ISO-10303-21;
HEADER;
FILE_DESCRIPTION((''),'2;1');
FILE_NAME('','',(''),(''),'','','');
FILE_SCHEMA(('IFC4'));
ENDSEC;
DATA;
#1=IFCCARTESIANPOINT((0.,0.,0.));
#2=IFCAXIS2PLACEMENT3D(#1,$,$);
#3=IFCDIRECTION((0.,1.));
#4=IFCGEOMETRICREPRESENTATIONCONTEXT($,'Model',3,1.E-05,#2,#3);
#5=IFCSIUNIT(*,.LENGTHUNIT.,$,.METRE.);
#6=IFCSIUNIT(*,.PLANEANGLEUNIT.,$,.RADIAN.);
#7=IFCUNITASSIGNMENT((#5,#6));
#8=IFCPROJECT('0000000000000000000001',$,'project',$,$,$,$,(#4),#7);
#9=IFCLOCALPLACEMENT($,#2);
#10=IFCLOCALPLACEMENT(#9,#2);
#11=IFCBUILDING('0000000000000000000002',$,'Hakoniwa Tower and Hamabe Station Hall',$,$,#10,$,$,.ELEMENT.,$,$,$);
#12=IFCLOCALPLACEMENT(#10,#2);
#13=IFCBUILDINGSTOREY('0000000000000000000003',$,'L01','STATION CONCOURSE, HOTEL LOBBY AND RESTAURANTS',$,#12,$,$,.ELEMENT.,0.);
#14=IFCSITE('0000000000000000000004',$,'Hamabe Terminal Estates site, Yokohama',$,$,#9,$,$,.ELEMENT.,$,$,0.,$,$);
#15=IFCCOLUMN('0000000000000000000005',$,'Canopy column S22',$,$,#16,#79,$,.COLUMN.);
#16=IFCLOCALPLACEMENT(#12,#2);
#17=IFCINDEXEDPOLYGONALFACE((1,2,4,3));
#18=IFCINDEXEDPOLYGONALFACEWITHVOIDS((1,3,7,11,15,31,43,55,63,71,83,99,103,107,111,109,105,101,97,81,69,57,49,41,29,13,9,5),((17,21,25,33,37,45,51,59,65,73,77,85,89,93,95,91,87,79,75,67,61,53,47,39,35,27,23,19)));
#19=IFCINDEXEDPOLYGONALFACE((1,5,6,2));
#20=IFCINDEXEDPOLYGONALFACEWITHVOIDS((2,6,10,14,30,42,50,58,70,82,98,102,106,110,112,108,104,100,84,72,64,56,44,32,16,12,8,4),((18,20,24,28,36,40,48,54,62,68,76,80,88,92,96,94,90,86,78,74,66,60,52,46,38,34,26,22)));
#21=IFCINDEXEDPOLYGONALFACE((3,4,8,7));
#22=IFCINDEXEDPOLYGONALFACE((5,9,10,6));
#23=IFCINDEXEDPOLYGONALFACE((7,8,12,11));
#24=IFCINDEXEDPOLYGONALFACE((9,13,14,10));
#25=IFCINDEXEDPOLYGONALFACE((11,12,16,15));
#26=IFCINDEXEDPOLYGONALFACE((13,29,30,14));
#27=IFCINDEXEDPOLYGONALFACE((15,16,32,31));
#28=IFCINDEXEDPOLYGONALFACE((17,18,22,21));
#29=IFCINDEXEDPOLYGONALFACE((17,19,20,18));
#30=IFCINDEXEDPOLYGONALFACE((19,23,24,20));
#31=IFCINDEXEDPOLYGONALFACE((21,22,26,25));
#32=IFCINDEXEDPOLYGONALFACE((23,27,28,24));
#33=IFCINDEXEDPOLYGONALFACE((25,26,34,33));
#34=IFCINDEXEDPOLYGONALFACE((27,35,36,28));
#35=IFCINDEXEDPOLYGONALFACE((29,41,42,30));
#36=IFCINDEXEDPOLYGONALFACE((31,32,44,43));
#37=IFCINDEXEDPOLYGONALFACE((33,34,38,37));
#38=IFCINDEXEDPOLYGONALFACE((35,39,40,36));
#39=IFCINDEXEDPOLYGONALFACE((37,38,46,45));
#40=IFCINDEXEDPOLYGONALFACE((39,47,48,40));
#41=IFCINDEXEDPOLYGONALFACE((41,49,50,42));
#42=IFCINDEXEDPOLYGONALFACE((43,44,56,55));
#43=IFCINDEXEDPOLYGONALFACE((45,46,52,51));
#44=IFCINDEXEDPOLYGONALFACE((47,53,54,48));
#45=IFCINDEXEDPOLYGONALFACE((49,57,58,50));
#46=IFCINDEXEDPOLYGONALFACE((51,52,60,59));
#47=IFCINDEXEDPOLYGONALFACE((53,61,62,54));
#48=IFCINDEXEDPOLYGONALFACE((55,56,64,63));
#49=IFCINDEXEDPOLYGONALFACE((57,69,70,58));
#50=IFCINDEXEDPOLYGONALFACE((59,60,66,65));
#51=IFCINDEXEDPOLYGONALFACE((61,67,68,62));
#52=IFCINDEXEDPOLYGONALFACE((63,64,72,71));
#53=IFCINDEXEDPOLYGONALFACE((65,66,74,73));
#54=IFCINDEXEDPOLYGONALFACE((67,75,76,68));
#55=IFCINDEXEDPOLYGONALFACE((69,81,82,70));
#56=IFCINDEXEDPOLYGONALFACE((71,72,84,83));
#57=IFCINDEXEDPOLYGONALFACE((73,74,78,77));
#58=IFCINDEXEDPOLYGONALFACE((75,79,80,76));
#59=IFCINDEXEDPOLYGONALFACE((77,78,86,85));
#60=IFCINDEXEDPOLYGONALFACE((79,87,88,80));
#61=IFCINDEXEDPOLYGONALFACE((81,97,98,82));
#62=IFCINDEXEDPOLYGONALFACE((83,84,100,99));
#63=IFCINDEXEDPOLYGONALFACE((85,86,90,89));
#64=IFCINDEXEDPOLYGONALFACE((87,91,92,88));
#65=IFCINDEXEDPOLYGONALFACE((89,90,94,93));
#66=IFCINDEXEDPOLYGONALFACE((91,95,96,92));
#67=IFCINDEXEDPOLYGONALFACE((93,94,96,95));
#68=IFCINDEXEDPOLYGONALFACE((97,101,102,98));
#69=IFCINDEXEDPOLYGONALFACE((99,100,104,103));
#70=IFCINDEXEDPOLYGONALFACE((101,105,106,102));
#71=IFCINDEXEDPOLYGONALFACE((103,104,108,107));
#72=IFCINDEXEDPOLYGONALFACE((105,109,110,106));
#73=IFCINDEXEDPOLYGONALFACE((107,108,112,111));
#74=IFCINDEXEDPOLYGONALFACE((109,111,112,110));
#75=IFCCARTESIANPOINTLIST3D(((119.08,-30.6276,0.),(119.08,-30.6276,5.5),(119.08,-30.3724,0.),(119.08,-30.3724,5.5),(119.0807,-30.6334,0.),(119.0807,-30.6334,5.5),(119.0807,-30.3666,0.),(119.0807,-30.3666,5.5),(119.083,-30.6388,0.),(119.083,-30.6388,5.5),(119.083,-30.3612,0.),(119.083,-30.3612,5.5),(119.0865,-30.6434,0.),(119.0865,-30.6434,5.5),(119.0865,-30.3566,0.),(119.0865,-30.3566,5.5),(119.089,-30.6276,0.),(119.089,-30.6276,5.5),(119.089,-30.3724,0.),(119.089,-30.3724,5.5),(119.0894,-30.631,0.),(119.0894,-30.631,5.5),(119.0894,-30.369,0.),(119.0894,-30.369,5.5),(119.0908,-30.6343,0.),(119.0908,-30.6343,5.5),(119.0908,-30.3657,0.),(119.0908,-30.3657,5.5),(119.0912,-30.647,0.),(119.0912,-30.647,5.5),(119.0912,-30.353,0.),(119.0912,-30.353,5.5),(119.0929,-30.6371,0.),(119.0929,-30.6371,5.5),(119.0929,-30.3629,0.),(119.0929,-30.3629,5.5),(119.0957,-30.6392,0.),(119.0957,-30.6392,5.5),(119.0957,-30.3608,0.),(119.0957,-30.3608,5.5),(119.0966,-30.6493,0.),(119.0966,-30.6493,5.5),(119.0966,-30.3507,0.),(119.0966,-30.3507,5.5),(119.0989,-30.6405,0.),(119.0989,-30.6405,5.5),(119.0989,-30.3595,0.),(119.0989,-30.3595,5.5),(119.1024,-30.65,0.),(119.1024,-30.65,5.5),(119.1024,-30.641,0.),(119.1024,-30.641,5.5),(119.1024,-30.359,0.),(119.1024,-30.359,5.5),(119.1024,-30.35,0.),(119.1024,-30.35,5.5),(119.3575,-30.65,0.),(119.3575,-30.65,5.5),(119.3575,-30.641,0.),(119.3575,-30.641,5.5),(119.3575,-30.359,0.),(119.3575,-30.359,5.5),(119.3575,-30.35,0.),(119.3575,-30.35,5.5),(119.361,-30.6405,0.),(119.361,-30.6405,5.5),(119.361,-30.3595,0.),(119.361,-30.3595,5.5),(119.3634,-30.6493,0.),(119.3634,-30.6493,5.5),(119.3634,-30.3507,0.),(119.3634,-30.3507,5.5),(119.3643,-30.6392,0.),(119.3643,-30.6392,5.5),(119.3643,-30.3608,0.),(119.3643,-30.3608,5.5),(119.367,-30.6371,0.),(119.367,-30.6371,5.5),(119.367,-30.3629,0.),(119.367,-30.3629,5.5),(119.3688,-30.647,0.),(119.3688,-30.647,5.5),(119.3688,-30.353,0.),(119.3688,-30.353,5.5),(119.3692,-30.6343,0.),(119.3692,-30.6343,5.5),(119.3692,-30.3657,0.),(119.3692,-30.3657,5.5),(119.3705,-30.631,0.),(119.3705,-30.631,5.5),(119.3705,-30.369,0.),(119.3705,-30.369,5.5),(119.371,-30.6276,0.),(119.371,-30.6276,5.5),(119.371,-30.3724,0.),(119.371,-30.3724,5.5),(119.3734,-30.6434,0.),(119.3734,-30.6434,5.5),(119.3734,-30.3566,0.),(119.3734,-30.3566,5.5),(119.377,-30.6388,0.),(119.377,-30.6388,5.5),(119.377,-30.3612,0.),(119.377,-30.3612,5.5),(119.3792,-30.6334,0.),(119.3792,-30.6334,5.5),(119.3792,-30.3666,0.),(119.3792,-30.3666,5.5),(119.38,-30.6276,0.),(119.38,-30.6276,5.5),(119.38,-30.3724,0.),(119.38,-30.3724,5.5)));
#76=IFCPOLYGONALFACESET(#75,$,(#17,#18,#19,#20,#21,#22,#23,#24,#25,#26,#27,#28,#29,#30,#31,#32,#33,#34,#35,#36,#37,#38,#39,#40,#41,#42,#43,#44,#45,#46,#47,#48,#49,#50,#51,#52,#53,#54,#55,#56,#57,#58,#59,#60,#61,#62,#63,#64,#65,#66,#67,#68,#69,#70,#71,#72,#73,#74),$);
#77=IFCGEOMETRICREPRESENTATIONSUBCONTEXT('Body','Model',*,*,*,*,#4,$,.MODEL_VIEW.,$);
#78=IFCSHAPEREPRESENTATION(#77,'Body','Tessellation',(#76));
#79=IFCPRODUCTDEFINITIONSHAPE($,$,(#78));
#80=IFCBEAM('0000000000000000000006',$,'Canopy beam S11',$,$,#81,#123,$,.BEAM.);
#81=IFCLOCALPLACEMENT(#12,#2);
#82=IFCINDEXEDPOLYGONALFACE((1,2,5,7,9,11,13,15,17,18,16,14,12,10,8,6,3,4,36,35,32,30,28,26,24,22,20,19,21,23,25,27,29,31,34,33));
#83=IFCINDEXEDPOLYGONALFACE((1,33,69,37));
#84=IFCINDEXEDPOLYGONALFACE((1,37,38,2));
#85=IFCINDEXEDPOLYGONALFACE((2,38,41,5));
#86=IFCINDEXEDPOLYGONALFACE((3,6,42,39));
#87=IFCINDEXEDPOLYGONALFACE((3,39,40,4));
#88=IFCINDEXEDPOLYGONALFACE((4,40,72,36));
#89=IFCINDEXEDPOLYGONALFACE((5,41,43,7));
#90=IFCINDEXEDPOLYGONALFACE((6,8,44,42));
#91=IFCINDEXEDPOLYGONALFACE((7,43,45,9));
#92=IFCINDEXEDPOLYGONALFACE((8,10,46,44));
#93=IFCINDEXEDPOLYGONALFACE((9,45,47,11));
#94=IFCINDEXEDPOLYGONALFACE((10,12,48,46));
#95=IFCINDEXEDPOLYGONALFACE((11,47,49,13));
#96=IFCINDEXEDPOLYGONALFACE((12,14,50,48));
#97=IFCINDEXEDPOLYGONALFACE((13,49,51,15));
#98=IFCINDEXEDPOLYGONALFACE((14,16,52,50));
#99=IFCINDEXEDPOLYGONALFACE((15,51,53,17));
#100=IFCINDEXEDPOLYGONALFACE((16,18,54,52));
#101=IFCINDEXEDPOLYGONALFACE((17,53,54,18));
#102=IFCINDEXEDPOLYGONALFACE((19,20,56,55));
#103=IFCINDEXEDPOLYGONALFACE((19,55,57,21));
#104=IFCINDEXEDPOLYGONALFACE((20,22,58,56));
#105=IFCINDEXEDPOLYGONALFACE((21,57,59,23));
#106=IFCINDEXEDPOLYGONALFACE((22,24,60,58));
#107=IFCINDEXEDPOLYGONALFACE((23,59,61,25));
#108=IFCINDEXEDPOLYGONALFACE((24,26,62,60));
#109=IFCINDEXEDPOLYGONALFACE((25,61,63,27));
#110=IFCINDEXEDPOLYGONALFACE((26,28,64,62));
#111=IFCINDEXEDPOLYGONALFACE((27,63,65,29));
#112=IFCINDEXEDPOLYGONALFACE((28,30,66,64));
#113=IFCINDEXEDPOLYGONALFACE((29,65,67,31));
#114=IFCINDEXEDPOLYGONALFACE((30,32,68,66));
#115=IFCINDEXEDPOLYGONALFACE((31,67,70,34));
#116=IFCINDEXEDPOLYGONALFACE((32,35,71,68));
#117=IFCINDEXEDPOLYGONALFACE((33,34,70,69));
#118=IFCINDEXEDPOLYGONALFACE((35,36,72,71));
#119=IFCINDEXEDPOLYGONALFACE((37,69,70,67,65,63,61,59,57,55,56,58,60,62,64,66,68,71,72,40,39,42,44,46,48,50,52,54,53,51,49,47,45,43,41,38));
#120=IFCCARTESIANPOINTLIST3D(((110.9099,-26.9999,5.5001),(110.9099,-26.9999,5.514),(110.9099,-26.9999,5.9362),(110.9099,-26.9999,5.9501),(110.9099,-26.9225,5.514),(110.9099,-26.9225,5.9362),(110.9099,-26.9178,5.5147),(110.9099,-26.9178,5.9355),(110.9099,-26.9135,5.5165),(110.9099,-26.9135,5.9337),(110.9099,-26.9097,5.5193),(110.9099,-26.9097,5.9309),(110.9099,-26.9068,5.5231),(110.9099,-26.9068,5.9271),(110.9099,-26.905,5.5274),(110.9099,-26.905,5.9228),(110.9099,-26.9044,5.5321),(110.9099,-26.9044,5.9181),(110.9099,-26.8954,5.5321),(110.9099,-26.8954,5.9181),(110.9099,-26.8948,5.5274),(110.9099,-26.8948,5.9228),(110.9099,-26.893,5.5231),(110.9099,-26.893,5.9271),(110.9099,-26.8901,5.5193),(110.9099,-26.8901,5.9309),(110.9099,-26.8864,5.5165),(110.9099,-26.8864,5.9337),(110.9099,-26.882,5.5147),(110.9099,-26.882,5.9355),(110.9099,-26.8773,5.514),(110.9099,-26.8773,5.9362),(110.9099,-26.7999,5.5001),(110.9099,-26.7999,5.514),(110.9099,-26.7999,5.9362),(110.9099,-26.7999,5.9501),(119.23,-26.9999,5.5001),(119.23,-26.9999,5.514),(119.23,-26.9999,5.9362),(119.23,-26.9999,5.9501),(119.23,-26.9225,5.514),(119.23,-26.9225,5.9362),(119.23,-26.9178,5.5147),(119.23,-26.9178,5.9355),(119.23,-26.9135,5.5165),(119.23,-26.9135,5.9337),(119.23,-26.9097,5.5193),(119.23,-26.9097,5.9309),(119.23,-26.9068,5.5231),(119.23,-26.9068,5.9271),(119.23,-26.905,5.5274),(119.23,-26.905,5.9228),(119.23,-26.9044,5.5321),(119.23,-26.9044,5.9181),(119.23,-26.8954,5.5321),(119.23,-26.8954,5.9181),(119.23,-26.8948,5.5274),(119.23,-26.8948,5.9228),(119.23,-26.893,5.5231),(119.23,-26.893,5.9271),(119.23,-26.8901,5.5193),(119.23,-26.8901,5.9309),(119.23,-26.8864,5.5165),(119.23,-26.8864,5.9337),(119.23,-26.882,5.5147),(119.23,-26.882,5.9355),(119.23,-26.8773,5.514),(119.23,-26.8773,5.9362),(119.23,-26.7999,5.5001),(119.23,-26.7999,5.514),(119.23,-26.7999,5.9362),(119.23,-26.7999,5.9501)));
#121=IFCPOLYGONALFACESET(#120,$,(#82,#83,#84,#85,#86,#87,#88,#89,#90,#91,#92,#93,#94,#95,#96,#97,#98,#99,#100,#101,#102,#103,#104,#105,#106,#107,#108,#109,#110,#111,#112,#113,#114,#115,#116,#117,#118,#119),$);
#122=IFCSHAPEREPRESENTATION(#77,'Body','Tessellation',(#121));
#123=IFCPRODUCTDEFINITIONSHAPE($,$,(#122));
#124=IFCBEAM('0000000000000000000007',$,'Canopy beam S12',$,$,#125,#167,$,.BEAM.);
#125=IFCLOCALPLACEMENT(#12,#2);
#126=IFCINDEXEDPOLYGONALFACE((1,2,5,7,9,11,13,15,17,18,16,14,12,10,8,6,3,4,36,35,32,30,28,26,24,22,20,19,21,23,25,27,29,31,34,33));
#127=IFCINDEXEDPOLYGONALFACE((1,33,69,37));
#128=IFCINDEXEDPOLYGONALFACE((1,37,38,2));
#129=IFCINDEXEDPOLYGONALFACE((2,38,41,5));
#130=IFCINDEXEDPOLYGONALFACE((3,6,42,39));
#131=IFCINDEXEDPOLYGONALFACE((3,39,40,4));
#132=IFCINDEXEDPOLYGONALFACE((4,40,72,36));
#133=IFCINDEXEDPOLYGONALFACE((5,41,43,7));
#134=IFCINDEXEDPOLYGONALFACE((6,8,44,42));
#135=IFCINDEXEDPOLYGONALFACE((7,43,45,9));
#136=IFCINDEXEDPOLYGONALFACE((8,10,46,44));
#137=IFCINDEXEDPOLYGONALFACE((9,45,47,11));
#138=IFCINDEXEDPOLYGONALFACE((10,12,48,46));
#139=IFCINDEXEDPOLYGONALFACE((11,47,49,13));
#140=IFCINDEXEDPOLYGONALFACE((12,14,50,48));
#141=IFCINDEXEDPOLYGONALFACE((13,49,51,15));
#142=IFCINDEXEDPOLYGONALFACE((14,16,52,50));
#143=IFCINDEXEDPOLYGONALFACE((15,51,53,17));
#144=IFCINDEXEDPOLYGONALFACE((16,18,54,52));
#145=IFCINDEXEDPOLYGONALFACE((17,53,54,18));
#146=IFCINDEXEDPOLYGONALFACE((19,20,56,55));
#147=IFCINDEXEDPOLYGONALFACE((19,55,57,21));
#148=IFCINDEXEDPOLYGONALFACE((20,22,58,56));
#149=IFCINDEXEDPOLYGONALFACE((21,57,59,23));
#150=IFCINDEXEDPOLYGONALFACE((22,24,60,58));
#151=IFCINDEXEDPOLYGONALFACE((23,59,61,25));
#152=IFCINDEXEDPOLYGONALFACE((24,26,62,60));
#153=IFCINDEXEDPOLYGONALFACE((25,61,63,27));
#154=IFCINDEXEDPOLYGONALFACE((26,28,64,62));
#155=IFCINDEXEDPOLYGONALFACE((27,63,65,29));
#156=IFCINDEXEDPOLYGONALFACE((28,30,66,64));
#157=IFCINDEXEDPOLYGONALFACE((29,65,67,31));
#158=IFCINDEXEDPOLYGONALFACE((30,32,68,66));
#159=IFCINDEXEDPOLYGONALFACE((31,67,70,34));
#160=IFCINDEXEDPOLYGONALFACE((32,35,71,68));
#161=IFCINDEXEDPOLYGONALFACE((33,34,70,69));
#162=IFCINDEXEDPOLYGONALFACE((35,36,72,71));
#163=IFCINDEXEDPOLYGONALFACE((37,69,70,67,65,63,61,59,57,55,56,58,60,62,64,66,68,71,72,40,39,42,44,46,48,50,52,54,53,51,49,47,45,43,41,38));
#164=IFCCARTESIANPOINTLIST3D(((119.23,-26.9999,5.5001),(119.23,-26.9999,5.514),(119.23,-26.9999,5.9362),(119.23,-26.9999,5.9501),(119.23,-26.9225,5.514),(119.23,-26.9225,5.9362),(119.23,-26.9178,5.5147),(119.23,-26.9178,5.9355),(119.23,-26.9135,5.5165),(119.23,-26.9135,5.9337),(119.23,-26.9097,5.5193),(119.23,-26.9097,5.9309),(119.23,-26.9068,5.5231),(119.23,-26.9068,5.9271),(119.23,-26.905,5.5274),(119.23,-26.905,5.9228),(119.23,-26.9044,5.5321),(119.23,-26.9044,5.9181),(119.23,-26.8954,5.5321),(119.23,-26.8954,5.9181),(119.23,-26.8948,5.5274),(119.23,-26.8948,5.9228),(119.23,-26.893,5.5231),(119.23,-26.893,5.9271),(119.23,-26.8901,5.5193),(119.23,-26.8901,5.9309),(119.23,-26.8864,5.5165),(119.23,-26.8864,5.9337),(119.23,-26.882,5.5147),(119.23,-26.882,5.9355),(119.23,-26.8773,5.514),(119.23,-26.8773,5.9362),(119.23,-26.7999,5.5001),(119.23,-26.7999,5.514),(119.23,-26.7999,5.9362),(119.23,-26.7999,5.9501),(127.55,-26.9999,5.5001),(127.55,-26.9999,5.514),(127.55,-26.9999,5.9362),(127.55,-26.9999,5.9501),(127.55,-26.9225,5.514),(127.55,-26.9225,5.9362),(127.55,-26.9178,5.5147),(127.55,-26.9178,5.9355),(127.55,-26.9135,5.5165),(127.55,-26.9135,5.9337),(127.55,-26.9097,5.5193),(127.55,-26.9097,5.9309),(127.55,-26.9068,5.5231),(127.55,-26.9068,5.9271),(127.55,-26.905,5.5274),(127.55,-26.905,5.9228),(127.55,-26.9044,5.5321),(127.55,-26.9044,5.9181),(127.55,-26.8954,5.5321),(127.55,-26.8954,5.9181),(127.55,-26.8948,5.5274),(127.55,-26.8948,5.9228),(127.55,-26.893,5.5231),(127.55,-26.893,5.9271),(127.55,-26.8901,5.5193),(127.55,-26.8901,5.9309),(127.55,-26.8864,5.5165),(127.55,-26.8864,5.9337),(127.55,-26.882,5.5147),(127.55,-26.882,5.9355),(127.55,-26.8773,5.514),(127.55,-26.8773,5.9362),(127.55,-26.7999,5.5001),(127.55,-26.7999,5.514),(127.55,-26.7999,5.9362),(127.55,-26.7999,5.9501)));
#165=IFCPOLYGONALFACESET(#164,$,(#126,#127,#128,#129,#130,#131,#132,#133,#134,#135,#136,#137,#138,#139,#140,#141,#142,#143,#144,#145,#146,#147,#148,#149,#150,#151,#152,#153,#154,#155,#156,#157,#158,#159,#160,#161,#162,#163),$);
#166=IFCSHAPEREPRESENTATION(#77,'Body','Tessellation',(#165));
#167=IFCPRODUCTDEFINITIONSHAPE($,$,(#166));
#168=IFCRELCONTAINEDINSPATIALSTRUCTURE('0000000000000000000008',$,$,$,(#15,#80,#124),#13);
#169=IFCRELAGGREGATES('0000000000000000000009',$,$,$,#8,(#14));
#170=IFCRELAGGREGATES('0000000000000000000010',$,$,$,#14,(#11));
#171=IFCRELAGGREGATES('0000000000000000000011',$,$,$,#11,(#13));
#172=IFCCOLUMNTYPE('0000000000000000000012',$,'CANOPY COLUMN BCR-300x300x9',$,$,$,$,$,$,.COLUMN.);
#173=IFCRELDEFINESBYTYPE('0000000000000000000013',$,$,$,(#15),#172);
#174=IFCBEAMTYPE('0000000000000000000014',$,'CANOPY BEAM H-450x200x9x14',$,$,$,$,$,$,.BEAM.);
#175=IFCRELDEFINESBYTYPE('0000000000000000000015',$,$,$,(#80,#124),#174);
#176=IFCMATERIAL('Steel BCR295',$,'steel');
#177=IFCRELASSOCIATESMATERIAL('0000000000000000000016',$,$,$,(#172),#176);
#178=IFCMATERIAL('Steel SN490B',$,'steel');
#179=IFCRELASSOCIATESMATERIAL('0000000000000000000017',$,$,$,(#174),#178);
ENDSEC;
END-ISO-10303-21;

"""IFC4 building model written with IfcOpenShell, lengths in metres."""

from ifc_helpers import new_model, si_unit, direction, frame, origin, origin_2d, place, context, subcontext, project, spatial, hollow_rectangle, i_section, extrude, material, material_profile, profile_set, type_object, element, save


model = new_model("IFC4")

# Units and contexts
model_context = context("Model", 3, precision=1e-05, world=origin(), true_north=direction((0.0, 1.0)))
body_context = subcontext(model_context, "Body", "Model", "MODEL_VIEW")
ifc_project = project(units=[si_unit("LENGTHUNIT", "METRE"), si_unit("PLANEANGLEUNIT", "RADIAN")], contexts=[model_context])

# Site, building, storey
site_placement = place(None, origin())
site = spatial("IfcSite", under=ifc_project, at=site_placement, Name="Hamabe Terminal Estates site, Yokohama", CompositionType="ELEMENT", RefElevation=0.0)
building_placement = place(site_placement, origin())
building = spatial("IfcBuilding", under=site, at=building_placement, Name="Hakoniwa Tower and Hamabe Station Hall", CompositionType="ELEMENT")
storey_placement = place(building_placement, origin())
storey = spatial("IfcBuildingStorey", under=building, at=storey_placement, Name="L01", Description="STATION CONCOURSE, HOTEL LOBBY AND RESTAURANTS", CompositionType="ELEMENT", Elevation=0.0)

# Column
ifc_material_1 = material(Name="Steel BCR295", Category="steel")
ifc_material_profile_1 = material_profile(ifc_material_1, hollow_rectangle(XDim=0.3, YDim=0.3, WallThickness=0.009, InnerFilletRadius=0.0134, OuterFilletRadius=0.0225, at=origin_2d()), Name="BCR-300x300x9")
ifc_profile_set_1 = profile_set([ifc_material_profile_1], Name="Steel BCR295")
column_type = type_object("IfcColumnType", Name="CANOPY COLUMN BCR-300x300x9", PredefinedType="COLUMN", material=ifc_profile_set_1)
for number, where, z_axis, x_axis, name in (
    (1, (119.23, -30.5, 0.0), (0.0, 0.0, 1.0), (1.0, 0.0, 0.0), "Canopy column S22"),
):
    element("IfcColumn", number, at=place(storey_placement, frame(where, z_axis=z_axis, x_axis=x_axis)), inside=storey, type_object=column_type, Name=name, PredefinedType="COLUMN", context=body_context, shape_type="SweptSolid", body=[
        extrude(hollow_rectangle(XDim=0.3, YDim=0.3, WallThickness=0.009, InnerFilletRadius=0.0134, OuterFilletRadius=0.0225, at=origin_2d()), origin(), (0.0, 0.0, 1.0), 5.5),
    ])

# Beams
ifc_material_2 = material(Name="Steel SN490B", Category="steel")
ifc_material_profile_2 = material_profile(ifc_material_2, i_section(OverallWidth=0.2, OverallDepth=0.45, WebThickness=0.009, FlangeThickness=0.0139, FilletRadius=0.0181, at=origin_2d()), Name="H-450x200x9x14")
ifc_profile_set_2 = profile_set([ifc_material_profile_2], Name="Steel SN490B")
beam_type = type_object("IfcBeamType", Name="CANOPY BEAM H-450x200x9x14", PredefinedType="BEAM", material=ifc_profile_set_2)
for number, where, z_axis, x_axis, name in (
    (2, (110.9099, -26.8999, 5.7251), (1.0, 0.0, 0.0), (0.0, 1.0, 0.0), "Canopy beam S11"),
    (3, (119.23, -26.8999, 5.7251), (1.0, 0.0, 0.0), (0.0, 1.0, 0.0), "Canopy beam S12"),
):
    element("IfcBeam", number, at=place(storey_placement, frame(where, z_axis=z_axis, x_axis=x_axis)), inside=storey, type_object=beam_type, Name=name, PredefinedType="BEAM", context=body_context, shape_type="SweptSolid", body=[
        extrude(i_section(OverallWidth=0.2, OverallDepth=0.45, WebThickness=0.009, FlangeThickness=0.0139, FilletRadius=0.0181, at=origin_2d()), origin(), (0.0, 0.0, 1.0), 8.3201),
    ])

save(model, "model.ifc")
